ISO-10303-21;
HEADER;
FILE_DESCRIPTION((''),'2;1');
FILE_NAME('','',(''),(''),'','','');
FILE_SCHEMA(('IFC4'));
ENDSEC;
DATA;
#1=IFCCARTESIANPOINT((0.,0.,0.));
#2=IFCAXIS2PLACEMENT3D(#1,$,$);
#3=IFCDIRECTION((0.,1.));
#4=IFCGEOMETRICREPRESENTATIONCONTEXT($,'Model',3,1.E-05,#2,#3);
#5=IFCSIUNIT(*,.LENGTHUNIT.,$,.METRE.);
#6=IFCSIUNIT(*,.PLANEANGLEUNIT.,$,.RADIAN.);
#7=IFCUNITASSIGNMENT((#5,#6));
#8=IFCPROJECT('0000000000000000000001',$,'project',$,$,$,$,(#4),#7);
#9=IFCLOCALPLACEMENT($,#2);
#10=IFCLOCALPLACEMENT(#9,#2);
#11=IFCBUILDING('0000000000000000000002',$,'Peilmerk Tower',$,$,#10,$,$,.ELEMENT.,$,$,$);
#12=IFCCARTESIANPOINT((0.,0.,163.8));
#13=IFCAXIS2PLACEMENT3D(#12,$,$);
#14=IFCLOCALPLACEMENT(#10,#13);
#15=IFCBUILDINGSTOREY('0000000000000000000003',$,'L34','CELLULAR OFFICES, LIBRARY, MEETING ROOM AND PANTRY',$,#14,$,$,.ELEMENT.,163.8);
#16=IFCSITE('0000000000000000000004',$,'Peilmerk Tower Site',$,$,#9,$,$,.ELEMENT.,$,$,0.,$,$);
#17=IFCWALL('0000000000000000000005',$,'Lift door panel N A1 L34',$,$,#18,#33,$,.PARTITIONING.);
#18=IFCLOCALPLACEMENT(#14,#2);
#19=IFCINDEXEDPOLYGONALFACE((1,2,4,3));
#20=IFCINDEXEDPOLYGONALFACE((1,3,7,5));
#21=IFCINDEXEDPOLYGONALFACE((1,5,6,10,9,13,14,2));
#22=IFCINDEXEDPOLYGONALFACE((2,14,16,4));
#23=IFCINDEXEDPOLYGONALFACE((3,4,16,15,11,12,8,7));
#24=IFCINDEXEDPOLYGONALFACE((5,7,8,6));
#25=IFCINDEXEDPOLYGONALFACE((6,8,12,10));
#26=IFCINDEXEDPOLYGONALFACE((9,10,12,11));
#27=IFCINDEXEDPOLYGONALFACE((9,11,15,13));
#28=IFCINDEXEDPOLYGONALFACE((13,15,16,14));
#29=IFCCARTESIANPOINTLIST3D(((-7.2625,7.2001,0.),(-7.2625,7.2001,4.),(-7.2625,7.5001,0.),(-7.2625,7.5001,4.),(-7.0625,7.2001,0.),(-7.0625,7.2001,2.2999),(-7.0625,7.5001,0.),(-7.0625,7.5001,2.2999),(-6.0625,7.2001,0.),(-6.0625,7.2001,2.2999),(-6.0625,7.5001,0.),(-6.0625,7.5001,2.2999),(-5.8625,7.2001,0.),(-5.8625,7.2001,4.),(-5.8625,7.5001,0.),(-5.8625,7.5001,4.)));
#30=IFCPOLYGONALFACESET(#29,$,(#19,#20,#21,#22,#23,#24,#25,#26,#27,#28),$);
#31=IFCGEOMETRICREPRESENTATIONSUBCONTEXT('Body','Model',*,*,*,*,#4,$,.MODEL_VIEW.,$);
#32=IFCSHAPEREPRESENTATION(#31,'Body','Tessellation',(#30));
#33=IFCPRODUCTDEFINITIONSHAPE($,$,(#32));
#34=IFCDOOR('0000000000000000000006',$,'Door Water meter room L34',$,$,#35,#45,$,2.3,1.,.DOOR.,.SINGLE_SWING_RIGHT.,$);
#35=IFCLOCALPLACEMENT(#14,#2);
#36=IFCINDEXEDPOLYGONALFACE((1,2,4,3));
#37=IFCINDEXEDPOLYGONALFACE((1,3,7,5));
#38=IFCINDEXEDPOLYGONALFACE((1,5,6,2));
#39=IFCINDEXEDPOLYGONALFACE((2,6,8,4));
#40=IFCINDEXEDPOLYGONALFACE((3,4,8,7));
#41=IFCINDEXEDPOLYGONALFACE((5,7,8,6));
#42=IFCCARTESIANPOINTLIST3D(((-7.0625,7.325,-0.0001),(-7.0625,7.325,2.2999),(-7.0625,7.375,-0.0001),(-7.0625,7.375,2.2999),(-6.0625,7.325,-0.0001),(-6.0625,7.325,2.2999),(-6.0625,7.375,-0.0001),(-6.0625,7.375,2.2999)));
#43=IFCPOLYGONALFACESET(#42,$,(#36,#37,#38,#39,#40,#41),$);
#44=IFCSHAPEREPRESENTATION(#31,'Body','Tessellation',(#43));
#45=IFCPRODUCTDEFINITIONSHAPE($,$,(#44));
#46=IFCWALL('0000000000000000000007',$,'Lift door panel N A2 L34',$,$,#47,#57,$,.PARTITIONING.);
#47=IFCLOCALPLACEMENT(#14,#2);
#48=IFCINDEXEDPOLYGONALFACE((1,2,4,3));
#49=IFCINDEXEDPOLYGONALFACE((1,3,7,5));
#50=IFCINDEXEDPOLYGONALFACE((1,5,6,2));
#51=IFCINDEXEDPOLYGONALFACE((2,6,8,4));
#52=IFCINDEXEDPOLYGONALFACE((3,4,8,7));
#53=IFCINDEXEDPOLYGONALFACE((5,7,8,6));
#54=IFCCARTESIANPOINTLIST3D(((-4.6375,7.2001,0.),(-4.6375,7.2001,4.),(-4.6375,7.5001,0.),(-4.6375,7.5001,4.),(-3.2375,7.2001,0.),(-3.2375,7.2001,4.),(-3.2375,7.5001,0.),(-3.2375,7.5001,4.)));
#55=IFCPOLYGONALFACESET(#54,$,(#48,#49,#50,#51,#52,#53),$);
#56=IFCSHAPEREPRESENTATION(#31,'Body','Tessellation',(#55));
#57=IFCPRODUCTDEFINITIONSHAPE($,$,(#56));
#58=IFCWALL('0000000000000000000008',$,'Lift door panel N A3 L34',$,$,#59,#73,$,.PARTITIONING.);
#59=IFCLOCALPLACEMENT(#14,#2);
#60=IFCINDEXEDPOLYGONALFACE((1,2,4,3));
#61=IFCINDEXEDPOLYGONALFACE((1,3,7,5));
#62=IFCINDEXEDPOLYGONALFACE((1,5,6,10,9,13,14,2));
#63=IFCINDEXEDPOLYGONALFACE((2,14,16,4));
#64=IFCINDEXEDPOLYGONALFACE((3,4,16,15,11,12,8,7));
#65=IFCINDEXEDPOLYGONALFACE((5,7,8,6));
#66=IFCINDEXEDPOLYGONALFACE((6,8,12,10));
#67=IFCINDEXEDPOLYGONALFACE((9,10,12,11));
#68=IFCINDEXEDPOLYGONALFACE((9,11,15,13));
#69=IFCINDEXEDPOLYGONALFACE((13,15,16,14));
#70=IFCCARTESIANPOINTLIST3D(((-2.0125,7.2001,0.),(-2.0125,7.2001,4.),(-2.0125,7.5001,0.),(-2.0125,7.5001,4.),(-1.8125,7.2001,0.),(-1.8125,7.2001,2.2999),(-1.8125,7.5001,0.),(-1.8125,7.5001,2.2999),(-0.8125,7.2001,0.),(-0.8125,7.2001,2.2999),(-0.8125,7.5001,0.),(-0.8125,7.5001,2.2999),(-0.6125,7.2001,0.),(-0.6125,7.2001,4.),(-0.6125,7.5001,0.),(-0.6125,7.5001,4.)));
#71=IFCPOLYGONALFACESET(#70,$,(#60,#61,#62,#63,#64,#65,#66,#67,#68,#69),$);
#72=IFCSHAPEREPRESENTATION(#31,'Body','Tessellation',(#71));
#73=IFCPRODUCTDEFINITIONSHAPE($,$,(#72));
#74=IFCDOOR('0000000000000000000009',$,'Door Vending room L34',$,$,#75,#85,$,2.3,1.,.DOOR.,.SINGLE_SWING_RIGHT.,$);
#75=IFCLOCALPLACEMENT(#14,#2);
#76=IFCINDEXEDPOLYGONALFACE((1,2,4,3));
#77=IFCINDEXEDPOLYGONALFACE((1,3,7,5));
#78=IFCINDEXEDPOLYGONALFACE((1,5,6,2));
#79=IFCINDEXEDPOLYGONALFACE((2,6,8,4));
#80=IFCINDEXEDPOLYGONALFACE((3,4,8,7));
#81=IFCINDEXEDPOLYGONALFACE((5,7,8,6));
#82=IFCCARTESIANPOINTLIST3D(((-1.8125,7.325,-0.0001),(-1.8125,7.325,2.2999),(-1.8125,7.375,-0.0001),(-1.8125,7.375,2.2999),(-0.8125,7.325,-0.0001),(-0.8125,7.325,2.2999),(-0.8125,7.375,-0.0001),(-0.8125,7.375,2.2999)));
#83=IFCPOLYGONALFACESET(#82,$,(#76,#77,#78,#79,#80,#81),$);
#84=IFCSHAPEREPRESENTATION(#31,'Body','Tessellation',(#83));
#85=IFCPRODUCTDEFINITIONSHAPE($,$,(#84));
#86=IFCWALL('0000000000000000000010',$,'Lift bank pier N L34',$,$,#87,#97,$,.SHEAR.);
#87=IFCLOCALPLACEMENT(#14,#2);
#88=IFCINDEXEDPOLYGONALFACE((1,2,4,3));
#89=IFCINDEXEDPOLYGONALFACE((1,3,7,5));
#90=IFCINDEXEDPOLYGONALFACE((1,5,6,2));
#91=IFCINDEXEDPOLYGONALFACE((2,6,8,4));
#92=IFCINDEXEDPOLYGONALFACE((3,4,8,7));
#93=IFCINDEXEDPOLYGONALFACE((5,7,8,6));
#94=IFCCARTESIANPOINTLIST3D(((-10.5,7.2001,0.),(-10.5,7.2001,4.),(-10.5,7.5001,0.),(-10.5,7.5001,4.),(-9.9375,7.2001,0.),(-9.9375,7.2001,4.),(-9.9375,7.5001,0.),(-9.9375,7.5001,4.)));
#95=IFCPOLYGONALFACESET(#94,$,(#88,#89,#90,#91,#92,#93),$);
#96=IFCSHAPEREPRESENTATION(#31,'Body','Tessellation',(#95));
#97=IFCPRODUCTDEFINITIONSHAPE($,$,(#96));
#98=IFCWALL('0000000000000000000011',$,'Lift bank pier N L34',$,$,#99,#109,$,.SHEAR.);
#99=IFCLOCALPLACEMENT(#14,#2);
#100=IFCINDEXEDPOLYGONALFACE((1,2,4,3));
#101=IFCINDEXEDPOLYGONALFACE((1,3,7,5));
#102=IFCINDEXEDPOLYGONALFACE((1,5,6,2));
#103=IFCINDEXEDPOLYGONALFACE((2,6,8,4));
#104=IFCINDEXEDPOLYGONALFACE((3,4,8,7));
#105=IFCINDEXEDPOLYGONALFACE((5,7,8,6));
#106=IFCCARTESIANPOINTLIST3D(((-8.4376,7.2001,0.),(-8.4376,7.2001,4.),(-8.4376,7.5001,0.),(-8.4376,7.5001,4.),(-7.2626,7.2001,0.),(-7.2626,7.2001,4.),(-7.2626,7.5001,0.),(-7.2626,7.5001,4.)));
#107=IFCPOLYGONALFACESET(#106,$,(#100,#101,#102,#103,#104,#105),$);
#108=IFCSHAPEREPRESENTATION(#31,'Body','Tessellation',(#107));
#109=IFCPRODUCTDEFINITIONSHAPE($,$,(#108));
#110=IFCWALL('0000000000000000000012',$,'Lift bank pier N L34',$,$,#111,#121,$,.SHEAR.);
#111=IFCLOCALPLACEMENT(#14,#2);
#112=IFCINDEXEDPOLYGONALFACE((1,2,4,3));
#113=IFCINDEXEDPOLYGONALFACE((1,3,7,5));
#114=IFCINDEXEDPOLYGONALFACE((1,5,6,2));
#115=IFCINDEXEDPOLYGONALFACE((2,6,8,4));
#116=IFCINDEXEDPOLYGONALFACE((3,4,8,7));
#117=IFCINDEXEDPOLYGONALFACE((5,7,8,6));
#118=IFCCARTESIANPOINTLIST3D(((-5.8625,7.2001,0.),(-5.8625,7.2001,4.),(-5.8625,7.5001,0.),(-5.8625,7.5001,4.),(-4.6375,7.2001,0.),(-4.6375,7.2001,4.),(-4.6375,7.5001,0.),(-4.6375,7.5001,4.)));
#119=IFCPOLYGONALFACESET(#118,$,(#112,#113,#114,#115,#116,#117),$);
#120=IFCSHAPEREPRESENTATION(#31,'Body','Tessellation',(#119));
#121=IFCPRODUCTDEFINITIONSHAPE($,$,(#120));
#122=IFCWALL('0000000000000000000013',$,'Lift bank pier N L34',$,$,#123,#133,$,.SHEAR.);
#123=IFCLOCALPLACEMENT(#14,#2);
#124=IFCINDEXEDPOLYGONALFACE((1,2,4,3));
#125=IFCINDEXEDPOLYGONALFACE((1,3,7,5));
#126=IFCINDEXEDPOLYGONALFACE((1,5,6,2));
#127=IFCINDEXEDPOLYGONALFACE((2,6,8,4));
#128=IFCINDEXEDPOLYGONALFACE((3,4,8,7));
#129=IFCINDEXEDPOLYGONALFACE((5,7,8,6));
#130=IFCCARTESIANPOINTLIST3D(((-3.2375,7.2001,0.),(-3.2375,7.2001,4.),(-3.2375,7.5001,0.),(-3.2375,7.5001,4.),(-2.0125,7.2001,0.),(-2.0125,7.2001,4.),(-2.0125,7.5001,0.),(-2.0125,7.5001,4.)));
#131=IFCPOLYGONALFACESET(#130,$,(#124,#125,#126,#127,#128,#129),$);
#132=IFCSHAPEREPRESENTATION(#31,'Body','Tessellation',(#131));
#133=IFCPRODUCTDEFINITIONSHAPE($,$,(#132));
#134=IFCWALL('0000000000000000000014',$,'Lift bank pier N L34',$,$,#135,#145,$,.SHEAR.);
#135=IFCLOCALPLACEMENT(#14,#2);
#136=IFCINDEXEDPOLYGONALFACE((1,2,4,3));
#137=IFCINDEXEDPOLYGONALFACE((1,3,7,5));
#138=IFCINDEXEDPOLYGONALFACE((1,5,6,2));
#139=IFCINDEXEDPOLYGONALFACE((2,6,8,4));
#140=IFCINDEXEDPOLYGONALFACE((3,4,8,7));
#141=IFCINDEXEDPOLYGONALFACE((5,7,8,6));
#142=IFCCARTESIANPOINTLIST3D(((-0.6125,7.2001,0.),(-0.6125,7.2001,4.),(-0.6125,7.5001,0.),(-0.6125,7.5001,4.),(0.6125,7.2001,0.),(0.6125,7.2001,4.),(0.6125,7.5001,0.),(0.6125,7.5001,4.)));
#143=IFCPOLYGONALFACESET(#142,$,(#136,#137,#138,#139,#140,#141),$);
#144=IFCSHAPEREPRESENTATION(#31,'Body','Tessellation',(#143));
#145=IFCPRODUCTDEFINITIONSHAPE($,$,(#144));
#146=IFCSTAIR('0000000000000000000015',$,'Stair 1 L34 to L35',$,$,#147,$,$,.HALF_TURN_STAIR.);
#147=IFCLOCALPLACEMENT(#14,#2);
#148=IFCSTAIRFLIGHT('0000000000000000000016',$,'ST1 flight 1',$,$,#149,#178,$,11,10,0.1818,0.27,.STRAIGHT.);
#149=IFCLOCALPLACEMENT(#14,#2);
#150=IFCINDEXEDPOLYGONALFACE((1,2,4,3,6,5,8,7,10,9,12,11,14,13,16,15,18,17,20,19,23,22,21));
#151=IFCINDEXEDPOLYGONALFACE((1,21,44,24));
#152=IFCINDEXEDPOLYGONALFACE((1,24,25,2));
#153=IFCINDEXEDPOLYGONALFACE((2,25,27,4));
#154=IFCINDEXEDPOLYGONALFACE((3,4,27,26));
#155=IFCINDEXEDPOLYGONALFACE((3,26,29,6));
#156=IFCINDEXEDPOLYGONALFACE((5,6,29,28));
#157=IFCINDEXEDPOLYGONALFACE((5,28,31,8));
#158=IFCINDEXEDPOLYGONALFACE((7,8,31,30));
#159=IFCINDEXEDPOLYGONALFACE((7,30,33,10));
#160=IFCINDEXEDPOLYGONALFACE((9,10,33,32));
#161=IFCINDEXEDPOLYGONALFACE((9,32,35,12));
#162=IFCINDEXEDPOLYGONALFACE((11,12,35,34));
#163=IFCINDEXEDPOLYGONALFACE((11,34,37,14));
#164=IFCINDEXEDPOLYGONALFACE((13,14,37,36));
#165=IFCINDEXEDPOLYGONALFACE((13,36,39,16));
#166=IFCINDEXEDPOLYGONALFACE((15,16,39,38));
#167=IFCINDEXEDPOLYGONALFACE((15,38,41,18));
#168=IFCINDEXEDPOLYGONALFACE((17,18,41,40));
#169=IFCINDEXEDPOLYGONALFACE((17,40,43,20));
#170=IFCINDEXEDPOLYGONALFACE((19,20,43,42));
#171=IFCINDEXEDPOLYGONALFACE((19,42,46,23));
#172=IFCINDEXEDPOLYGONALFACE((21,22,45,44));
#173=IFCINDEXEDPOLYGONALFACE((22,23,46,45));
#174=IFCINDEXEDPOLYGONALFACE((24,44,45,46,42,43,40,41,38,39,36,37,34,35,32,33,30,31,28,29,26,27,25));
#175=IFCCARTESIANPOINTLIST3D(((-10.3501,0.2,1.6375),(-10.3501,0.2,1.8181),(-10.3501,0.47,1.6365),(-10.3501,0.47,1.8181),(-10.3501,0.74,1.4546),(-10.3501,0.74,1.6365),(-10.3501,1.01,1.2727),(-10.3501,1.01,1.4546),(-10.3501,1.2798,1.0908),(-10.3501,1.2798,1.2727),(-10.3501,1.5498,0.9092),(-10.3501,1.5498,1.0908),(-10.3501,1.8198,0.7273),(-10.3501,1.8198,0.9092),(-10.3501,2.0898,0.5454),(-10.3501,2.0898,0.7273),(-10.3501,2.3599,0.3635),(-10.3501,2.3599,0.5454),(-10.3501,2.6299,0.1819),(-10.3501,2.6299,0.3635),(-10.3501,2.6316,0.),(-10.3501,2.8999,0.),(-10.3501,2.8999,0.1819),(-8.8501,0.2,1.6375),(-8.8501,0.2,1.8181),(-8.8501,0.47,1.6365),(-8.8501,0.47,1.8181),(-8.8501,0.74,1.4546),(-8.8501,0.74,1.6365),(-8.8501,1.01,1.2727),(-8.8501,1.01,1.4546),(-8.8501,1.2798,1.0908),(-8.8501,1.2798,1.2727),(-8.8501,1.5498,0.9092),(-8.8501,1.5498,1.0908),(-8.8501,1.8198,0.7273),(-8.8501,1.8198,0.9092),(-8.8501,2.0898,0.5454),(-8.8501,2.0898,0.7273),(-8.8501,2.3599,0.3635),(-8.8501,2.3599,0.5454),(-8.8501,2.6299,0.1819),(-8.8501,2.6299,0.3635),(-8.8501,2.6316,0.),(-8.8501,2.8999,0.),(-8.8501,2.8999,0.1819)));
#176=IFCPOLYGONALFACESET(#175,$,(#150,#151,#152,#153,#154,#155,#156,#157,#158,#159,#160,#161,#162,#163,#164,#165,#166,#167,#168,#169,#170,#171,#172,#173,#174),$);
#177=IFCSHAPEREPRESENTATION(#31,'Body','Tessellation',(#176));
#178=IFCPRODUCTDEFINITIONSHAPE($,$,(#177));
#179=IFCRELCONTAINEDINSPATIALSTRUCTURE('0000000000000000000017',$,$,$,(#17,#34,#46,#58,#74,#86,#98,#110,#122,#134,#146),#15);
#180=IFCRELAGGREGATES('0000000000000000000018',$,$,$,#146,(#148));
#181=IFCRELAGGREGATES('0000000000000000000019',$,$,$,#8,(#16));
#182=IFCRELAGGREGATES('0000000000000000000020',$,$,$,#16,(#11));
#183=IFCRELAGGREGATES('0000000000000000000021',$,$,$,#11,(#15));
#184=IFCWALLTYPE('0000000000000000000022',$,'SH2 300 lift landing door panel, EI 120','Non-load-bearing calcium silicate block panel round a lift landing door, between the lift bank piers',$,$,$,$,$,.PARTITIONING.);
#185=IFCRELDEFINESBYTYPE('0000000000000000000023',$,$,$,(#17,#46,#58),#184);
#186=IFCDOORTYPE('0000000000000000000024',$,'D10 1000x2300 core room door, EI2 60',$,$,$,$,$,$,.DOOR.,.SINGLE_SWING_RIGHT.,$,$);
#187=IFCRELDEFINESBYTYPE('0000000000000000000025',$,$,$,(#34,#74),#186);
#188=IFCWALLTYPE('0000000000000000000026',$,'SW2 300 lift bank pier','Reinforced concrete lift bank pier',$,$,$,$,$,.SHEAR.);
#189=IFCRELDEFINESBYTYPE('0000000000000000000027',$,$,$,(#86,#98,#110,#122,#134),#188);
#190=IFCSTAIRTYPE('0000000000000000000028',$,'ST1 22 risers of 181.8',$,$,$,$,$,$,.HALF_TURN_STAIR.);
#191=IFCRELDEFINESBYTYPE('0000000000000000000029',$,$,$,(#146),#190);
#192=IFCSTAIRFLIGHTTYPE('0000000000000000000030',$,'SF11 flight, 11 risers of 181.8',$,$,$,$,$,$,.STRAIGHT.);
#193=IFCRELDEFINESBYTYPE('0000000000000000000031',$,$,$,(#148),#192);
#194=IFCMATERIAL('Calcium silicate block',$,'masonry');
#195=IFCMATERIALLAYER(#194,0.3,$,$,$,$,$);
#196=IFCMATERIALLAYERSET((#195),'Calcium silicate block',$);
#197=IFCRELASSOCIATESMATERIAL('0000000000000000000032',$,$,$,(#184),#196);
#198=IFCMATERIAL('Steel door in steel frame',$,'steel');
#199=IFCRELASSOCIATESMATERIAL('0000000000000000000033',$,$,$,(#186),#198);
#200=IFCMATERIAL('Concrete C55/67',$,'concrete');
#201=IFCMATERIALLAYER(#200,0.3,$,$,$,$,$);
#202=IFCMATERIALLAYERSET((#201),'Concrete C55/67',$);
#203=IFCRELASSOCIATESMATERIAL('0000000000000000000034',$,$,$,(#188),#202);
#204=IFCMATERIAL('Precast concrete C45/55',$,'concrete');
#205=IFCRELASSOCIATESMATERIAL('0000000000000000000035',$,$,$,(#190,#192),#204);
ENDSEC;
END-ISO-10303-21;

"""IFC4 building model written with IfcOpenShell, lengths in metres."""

from ifc_helpers import new_model, si_unit, direction, frame, frame_2d, origin, place, context, subcontext, project, spatial, polyline, rectangle, outline, extrude, material, layer, layer_set, type_object, element, fill, aggregate, save


model = new_model("IFC4")

# Units and contexts
model_context = context("Model", 3, precision=1e-05, world=origin(), true_north=direction((0.0, 1.0)))
body_context = subcontext(model_context, "Body", "Model", "MODEL_VIEW")
ifc_project = project(units=[si_unit("LENGTHUNIT", "METRE"), si_unit("PLANEANGLEUNIT", "RADIAN")], contexts=[model_context])

# Site, building, storey
site_placement = place(None, origin())
site = spatial("IfcSite", under=ifc_project, at=site_placement, Name="Peilmerk Tower Site", CompositionType="ELEMENT", RefElevation=0.0)
building_placement = place(site_placement, origin())
building = spatial("IfcBuilding", under=site, at=building_placement, Name="Peilmerk Tower", CompositionType="ELEMENT")
storey_placement = place(building_placement, frame((0.0, 0.0, 163.8)))
storey = spatial("IfcBuildingStorey", under=building, at=storey_placement, Name="L34", Description="CELLULAR OFFICES, LIBRARY, MEETING ROOM AND PANTRY", CompositionType="ELEMENT", Elevation=163.8)

# Shared definitions
ifc_material_1 = material(Name="Concrete C55/67", Category="concrete")

# Shared definitions
ifc_material_2 = material(Name="Steel door in steel frame", Category="steel")

# Wall, opening, door
ifc_material_3 = material(Name="Calcium silicate block", Category="masonry")
ifc_layer_1 = layer(ifc_material_3, 0.3)
ifc_layer_set_1 = layer_set([ifc_layer_1], Name="Calcium silicate block")
wall_type_1 = type_object("IfcWallType", Name="SH2 300 lift landing door panel, EI 120", Description="Non-load-bearing calcium silicate block panel round a lift landing door, between the lift bank piers", PredefinedType="PARTITIONING", material=ifc_layer_set_1)
wall_1_placement = place(storey_placement, frame((-7.2625, 7.3501, 0.0), z_axis=(0.0, 0.0, 1.0), x_axis=(1.0, 0.0, 0.0)))
wall_1 = element("IfcWall", 1, at=wall_1_placement, inside=storey, type_object=wall_type_1, Name="Lift door panel N A1 L34", PredefinedType="PARTITIONING", context=body_context, shape_type="SweptSolid", body=[
    extrude(rectangle(XDim=1.3999, YDim=0.3, at=frame_2d((0.7, 0.0))), origin(), (0.0, 0.0, 1.0), 4.0),
])
opening_1_placement = place(wall_1_placement, frame((0.2, 0.0, 0.0)))
opening_1 = element("IfcOpeningElement", 2, at=opening_1_placement, cuts=wall_1, PredefinedType="OPENING", context=body_context, shape_type="SweptSolid", body=[
    extrude(rectangle(XDim=1.0, YDim=2.3, at=frame_2d((0.5, 1.1499))), frame((0.0, 0.1599, 0.0), z_axis=(0.0, -1.0, 0.0), x_axis=(1.0, 0.0, 0.0)), (0.0, 0.0, 1.0), 0.3201),
])
door_type_1 = type_object("IfcDoorType", Name="D10 1000x2300 core room door, EI2 60", OperationType="SINGLE_SWING_RIGHT", PredefinedType="DOOR", material=ifc_material_2)
door_1_placement = place(opening_1_placement, origin())
door_1 = element("IfcDoor", 3, at=door_1_placement, inside=storey, type_object=door_type_1, Name="Door Water meter room L34", OperationType="SINGLE_SWING_RIGHT", OverallHeight=2.3, OverallWidth=1.0, PredefinedType="DOOR", context=body_context, shape_type="SweptSolid", body=[
    extrude(rectangle(XDim=1.0, YDim=2.3, at=frame_2d((0.5, 1.1499))), frame((0.0, 0.0249, 0.0), z_axis=(0.0, -1.0, 0.0), x_axis=(1.0, 0.0, 0.0)), (0.0, 0.0, 1.0), 0.05),
])
fill(opening_1, door_1)

# Wall
wall_2_placement = place(storey_placement, frame((-4.6375, 7.3501, 0.0), z_axis=(0.0, 0.0, 1.0), x_axis=(1.0, 0.0, 0.0)))
element("IfcWall", 4, at=wall_2_placement, inside=storey, type_object=wall_type_1, Name="Lift door panel N A2 L34", PredefinedType="PARTITIONING", context=body_context, shape_type="SweptSolid", body=[
    extrude(rectangle(XDim=1.3999, YDim=0.3, at=frame_2d((0.7, 0.0))), origin(), (0.0, 0.0, 1.0), 4.0),
])

# Wall, opening, door
wall_3_placement = place(storey_placement, frame((-2.0125, 7.3501, 0.0), z_axis=(0.0, 0.0, 1.0), x_axis=(1.0, 0.0, 0.0)))
wall_3 = element("IfcWall", 5, at=wall_3_placement, inside=storey, type_object=wall_type_1, Name="Lift door panel N A3 L34", PredefinedType="PARTITIONING", context=body_context, shape_type="SweptSolid", body=[
    extrude(rectangle(XDim=1.3999, YDim=0.3, at=frame_2d((0.7, 0.0))), origin(), (0.0, 0.0, 1.0), 4.0),
])
opening_2_placement = place(wall_3_placement, frame((0.2, 0.0, 0.0)))
opening_2 = element("IfcOpeningElement", 6, at=opening_2_placement, cuts=wall_3, PredefinedType="OPENING", context=body_context, shape_type="SweptSolid", body=[
    extrude(rectangle(XDim=1.0, YDim=2.3, at=frame_2d((0.5, 1.1499))), frame((0.0, 0.1599, 0.0), z_axis=(0.0, -1.0, 0.0), x_axis=(1.0, 0.0, 0.0)), (0.0, 0.0, 1.0), 0.3201),
])
door_2_placement = place(opening_2_placement, origin())
door_2 = element("IfcDoor", 7, at=door_2_placement, inside=storey, type_object=door_type_1, Name="Door Vending room L34", OperationType="SINGLE_SWING_RIGHT", OverallHeight=2.3, OverallWidth=1.0, PredefinedType="DOOR", context=body_context, shape_type="SweptSolid", body=[
    extrude(rectangle(XDim=1.0, YDim=2.3, at=frame_2d((0.5, 1.1499))), frame((0.0, 0.0249, 0.0), z_axis=(0.0, -1.0, 0.0), x_axis=(1.0, 0.0, 0.0)), (0.0, 0.0, 1.0), 0.05),
])
fill(opening_2, door_2)

# Walls
ifc_layer_2 = layer(ifc_material_1, 0.3)
ifc_layer_set_2 = layer_set([ifc_layer_2], Name="Concrete C55/67")
wall_type_2 = type_object("IfcWallType", Name="SW2 300 lift bank pier", Description="Reinforced concrete lift bank pier", PredefinedType="SHEAR", material=ifc_layer_set_2)
wall_4_placement = place(storey_placement, frame((-10.5, 7.3501, 0.0), z_axis=(0.0, 0.0, 1.0), x_axis=(1.0, 0.0, 0.0)))
element("IfcWall", 8, at=wall_4_placement, inside=storey, type_object=wall_type_2, Name="Lift bank pier N L34", PredefinedType="SHEAR", context=body_context, shape_type="SweptSolid", body=[
    extrude(rectangle(XDim=0.5625, YDim=0.3, at=frame_2d((0.2812, 0.0))), origin(), (0.0, 0.0, 1.0), 4.0),
])
wall_5_placement = place(storey_placement, frame((-8.4375, 7.3501, 0.0), z_axis=(0.0, 0.0, 1.0), x_axis=(1.0, 0.0, 0.0)))
element("IfcWall", 9, at=wall_5_placement, inside=storey, type_object=wall_type_2, Name="Lift bank pier N L34", PredefinedType="SHEAR", context=body_context, shape_type="SweptSolid", body=[
    extrude(rectangle(XDim=1.175, YDim=0.3, at=frame_2d((0.5874, 0.0))), origin(), (0.0, 0.0, 1.0), 4.0),
])
for number, where, z_axis, x_axis, name in (
    (10, (-5.8625, 7.3501, 0.0), (0.0, 0.0, 1.0), (1.0, 0.0, 0.0), "Lift bank pier N L34"),
    (11, (-3.2375, 7.3501, 0.0), (0.0, 0.0, 1.0), (1.0, 0.0, 0.0), "Lift bank pier N L34"),
    (12, (-0.6125, 7.3501, 0.0), (0.0, 0.0, 1.0), (1.0, 0.0, 0.0), "Lift bank pier N L34"),
):
    element("IfcWall", number, at=place(storey_placement, frame(where, z_axis=z_axis, x_axis=x_axis)), inside=storey, type_object=wall_type_2, Name=name, PredefinedType="SHEAR", context=body_context, shape_type="SweptSolid", body=[
        extrude(rectangle(XDim=1.2251, YDim=0.3, at=frame_2d((0.6125, 0.0))), origin(), (0.0, 0.0, 1.0), 4.0),
    ])

# Stair, stair flight
ifc_material_4 = material(Name="Precast concrete C45/55", Category="concrete")
stair_type = type_object("IfcStairType", Name="ST1 22 risers of 181.8", PredefinedType="HALF_TURN_STAIR", material=ifc_material_4)
stair_placement = place(storey_placement, origin())
stair = element("IfcStair", 13, at=stair_placement, inside=storey, type_object=stair_type, Name="Stair 1 L34 to L35", PredefinedType="HALF_TURN_STAIR")
stair_flight_type = type_object("IfcStairFlightType", Name="SF11 flight, 11 risers of 181.8", PredefinedType="STRAIGHT", material=ifc_material_4)
stair_flight_1_placement = place(storey_placement, frame((-9.6001, 2.8999, 0.0), z_axis=(0.0, 0.0, 1.0), x_axis=(0.0, -1.0, 0.0)))
stair_flight_1 = element("IfcStairFlight", 14, at=stair_flight_1_placement, type_object=stair_flight_type, Name="ST1 flight 1", NumberOfRisers=11, NumberOfTreads=10, PredefinedType="STRAIGHT", RiserHeight=0.1818, TreadLength=0.27, context=body_context, shape_type="SweptSolid", body=[
    extrude(outline(polyline([(0.0, 0.0), (0.0, 0.1819), (0.27, 0.1819), (0.27, 0.3635), (0.54, 0.3635), (0.54, 0.5454), (0.8101, 0.5454), (0.8101, 0.7273), (1.0801, 0.7273), (1.0801, 0.9092), (1.3501, 0.9092), (1.3501, 1.0908), (1.6201, 1.0908), (1.6201, 1.2727), (1.8899, 1.2727), (1.8899, 1.4546), (2.1599, 1.4546), (2.1599, 1.6365), (2.4299, 1.6365), (2.4299, 1.8181), (2.7, 1.8181), (2.7, 2.0), (2.7, 1.6375), (0.2683, 0.0), (0.0, 0.0)])), frame((0.0, 0.75, 0.0), z_axis=(0.0, -1.0, 0.0), x_axis=(1.0, 0.0, 0.0)), (0.0, 0.0, 1.0), 1.5),
])
aggregate(stair, [stair_flight_1])

save(model, "model.ifc")
